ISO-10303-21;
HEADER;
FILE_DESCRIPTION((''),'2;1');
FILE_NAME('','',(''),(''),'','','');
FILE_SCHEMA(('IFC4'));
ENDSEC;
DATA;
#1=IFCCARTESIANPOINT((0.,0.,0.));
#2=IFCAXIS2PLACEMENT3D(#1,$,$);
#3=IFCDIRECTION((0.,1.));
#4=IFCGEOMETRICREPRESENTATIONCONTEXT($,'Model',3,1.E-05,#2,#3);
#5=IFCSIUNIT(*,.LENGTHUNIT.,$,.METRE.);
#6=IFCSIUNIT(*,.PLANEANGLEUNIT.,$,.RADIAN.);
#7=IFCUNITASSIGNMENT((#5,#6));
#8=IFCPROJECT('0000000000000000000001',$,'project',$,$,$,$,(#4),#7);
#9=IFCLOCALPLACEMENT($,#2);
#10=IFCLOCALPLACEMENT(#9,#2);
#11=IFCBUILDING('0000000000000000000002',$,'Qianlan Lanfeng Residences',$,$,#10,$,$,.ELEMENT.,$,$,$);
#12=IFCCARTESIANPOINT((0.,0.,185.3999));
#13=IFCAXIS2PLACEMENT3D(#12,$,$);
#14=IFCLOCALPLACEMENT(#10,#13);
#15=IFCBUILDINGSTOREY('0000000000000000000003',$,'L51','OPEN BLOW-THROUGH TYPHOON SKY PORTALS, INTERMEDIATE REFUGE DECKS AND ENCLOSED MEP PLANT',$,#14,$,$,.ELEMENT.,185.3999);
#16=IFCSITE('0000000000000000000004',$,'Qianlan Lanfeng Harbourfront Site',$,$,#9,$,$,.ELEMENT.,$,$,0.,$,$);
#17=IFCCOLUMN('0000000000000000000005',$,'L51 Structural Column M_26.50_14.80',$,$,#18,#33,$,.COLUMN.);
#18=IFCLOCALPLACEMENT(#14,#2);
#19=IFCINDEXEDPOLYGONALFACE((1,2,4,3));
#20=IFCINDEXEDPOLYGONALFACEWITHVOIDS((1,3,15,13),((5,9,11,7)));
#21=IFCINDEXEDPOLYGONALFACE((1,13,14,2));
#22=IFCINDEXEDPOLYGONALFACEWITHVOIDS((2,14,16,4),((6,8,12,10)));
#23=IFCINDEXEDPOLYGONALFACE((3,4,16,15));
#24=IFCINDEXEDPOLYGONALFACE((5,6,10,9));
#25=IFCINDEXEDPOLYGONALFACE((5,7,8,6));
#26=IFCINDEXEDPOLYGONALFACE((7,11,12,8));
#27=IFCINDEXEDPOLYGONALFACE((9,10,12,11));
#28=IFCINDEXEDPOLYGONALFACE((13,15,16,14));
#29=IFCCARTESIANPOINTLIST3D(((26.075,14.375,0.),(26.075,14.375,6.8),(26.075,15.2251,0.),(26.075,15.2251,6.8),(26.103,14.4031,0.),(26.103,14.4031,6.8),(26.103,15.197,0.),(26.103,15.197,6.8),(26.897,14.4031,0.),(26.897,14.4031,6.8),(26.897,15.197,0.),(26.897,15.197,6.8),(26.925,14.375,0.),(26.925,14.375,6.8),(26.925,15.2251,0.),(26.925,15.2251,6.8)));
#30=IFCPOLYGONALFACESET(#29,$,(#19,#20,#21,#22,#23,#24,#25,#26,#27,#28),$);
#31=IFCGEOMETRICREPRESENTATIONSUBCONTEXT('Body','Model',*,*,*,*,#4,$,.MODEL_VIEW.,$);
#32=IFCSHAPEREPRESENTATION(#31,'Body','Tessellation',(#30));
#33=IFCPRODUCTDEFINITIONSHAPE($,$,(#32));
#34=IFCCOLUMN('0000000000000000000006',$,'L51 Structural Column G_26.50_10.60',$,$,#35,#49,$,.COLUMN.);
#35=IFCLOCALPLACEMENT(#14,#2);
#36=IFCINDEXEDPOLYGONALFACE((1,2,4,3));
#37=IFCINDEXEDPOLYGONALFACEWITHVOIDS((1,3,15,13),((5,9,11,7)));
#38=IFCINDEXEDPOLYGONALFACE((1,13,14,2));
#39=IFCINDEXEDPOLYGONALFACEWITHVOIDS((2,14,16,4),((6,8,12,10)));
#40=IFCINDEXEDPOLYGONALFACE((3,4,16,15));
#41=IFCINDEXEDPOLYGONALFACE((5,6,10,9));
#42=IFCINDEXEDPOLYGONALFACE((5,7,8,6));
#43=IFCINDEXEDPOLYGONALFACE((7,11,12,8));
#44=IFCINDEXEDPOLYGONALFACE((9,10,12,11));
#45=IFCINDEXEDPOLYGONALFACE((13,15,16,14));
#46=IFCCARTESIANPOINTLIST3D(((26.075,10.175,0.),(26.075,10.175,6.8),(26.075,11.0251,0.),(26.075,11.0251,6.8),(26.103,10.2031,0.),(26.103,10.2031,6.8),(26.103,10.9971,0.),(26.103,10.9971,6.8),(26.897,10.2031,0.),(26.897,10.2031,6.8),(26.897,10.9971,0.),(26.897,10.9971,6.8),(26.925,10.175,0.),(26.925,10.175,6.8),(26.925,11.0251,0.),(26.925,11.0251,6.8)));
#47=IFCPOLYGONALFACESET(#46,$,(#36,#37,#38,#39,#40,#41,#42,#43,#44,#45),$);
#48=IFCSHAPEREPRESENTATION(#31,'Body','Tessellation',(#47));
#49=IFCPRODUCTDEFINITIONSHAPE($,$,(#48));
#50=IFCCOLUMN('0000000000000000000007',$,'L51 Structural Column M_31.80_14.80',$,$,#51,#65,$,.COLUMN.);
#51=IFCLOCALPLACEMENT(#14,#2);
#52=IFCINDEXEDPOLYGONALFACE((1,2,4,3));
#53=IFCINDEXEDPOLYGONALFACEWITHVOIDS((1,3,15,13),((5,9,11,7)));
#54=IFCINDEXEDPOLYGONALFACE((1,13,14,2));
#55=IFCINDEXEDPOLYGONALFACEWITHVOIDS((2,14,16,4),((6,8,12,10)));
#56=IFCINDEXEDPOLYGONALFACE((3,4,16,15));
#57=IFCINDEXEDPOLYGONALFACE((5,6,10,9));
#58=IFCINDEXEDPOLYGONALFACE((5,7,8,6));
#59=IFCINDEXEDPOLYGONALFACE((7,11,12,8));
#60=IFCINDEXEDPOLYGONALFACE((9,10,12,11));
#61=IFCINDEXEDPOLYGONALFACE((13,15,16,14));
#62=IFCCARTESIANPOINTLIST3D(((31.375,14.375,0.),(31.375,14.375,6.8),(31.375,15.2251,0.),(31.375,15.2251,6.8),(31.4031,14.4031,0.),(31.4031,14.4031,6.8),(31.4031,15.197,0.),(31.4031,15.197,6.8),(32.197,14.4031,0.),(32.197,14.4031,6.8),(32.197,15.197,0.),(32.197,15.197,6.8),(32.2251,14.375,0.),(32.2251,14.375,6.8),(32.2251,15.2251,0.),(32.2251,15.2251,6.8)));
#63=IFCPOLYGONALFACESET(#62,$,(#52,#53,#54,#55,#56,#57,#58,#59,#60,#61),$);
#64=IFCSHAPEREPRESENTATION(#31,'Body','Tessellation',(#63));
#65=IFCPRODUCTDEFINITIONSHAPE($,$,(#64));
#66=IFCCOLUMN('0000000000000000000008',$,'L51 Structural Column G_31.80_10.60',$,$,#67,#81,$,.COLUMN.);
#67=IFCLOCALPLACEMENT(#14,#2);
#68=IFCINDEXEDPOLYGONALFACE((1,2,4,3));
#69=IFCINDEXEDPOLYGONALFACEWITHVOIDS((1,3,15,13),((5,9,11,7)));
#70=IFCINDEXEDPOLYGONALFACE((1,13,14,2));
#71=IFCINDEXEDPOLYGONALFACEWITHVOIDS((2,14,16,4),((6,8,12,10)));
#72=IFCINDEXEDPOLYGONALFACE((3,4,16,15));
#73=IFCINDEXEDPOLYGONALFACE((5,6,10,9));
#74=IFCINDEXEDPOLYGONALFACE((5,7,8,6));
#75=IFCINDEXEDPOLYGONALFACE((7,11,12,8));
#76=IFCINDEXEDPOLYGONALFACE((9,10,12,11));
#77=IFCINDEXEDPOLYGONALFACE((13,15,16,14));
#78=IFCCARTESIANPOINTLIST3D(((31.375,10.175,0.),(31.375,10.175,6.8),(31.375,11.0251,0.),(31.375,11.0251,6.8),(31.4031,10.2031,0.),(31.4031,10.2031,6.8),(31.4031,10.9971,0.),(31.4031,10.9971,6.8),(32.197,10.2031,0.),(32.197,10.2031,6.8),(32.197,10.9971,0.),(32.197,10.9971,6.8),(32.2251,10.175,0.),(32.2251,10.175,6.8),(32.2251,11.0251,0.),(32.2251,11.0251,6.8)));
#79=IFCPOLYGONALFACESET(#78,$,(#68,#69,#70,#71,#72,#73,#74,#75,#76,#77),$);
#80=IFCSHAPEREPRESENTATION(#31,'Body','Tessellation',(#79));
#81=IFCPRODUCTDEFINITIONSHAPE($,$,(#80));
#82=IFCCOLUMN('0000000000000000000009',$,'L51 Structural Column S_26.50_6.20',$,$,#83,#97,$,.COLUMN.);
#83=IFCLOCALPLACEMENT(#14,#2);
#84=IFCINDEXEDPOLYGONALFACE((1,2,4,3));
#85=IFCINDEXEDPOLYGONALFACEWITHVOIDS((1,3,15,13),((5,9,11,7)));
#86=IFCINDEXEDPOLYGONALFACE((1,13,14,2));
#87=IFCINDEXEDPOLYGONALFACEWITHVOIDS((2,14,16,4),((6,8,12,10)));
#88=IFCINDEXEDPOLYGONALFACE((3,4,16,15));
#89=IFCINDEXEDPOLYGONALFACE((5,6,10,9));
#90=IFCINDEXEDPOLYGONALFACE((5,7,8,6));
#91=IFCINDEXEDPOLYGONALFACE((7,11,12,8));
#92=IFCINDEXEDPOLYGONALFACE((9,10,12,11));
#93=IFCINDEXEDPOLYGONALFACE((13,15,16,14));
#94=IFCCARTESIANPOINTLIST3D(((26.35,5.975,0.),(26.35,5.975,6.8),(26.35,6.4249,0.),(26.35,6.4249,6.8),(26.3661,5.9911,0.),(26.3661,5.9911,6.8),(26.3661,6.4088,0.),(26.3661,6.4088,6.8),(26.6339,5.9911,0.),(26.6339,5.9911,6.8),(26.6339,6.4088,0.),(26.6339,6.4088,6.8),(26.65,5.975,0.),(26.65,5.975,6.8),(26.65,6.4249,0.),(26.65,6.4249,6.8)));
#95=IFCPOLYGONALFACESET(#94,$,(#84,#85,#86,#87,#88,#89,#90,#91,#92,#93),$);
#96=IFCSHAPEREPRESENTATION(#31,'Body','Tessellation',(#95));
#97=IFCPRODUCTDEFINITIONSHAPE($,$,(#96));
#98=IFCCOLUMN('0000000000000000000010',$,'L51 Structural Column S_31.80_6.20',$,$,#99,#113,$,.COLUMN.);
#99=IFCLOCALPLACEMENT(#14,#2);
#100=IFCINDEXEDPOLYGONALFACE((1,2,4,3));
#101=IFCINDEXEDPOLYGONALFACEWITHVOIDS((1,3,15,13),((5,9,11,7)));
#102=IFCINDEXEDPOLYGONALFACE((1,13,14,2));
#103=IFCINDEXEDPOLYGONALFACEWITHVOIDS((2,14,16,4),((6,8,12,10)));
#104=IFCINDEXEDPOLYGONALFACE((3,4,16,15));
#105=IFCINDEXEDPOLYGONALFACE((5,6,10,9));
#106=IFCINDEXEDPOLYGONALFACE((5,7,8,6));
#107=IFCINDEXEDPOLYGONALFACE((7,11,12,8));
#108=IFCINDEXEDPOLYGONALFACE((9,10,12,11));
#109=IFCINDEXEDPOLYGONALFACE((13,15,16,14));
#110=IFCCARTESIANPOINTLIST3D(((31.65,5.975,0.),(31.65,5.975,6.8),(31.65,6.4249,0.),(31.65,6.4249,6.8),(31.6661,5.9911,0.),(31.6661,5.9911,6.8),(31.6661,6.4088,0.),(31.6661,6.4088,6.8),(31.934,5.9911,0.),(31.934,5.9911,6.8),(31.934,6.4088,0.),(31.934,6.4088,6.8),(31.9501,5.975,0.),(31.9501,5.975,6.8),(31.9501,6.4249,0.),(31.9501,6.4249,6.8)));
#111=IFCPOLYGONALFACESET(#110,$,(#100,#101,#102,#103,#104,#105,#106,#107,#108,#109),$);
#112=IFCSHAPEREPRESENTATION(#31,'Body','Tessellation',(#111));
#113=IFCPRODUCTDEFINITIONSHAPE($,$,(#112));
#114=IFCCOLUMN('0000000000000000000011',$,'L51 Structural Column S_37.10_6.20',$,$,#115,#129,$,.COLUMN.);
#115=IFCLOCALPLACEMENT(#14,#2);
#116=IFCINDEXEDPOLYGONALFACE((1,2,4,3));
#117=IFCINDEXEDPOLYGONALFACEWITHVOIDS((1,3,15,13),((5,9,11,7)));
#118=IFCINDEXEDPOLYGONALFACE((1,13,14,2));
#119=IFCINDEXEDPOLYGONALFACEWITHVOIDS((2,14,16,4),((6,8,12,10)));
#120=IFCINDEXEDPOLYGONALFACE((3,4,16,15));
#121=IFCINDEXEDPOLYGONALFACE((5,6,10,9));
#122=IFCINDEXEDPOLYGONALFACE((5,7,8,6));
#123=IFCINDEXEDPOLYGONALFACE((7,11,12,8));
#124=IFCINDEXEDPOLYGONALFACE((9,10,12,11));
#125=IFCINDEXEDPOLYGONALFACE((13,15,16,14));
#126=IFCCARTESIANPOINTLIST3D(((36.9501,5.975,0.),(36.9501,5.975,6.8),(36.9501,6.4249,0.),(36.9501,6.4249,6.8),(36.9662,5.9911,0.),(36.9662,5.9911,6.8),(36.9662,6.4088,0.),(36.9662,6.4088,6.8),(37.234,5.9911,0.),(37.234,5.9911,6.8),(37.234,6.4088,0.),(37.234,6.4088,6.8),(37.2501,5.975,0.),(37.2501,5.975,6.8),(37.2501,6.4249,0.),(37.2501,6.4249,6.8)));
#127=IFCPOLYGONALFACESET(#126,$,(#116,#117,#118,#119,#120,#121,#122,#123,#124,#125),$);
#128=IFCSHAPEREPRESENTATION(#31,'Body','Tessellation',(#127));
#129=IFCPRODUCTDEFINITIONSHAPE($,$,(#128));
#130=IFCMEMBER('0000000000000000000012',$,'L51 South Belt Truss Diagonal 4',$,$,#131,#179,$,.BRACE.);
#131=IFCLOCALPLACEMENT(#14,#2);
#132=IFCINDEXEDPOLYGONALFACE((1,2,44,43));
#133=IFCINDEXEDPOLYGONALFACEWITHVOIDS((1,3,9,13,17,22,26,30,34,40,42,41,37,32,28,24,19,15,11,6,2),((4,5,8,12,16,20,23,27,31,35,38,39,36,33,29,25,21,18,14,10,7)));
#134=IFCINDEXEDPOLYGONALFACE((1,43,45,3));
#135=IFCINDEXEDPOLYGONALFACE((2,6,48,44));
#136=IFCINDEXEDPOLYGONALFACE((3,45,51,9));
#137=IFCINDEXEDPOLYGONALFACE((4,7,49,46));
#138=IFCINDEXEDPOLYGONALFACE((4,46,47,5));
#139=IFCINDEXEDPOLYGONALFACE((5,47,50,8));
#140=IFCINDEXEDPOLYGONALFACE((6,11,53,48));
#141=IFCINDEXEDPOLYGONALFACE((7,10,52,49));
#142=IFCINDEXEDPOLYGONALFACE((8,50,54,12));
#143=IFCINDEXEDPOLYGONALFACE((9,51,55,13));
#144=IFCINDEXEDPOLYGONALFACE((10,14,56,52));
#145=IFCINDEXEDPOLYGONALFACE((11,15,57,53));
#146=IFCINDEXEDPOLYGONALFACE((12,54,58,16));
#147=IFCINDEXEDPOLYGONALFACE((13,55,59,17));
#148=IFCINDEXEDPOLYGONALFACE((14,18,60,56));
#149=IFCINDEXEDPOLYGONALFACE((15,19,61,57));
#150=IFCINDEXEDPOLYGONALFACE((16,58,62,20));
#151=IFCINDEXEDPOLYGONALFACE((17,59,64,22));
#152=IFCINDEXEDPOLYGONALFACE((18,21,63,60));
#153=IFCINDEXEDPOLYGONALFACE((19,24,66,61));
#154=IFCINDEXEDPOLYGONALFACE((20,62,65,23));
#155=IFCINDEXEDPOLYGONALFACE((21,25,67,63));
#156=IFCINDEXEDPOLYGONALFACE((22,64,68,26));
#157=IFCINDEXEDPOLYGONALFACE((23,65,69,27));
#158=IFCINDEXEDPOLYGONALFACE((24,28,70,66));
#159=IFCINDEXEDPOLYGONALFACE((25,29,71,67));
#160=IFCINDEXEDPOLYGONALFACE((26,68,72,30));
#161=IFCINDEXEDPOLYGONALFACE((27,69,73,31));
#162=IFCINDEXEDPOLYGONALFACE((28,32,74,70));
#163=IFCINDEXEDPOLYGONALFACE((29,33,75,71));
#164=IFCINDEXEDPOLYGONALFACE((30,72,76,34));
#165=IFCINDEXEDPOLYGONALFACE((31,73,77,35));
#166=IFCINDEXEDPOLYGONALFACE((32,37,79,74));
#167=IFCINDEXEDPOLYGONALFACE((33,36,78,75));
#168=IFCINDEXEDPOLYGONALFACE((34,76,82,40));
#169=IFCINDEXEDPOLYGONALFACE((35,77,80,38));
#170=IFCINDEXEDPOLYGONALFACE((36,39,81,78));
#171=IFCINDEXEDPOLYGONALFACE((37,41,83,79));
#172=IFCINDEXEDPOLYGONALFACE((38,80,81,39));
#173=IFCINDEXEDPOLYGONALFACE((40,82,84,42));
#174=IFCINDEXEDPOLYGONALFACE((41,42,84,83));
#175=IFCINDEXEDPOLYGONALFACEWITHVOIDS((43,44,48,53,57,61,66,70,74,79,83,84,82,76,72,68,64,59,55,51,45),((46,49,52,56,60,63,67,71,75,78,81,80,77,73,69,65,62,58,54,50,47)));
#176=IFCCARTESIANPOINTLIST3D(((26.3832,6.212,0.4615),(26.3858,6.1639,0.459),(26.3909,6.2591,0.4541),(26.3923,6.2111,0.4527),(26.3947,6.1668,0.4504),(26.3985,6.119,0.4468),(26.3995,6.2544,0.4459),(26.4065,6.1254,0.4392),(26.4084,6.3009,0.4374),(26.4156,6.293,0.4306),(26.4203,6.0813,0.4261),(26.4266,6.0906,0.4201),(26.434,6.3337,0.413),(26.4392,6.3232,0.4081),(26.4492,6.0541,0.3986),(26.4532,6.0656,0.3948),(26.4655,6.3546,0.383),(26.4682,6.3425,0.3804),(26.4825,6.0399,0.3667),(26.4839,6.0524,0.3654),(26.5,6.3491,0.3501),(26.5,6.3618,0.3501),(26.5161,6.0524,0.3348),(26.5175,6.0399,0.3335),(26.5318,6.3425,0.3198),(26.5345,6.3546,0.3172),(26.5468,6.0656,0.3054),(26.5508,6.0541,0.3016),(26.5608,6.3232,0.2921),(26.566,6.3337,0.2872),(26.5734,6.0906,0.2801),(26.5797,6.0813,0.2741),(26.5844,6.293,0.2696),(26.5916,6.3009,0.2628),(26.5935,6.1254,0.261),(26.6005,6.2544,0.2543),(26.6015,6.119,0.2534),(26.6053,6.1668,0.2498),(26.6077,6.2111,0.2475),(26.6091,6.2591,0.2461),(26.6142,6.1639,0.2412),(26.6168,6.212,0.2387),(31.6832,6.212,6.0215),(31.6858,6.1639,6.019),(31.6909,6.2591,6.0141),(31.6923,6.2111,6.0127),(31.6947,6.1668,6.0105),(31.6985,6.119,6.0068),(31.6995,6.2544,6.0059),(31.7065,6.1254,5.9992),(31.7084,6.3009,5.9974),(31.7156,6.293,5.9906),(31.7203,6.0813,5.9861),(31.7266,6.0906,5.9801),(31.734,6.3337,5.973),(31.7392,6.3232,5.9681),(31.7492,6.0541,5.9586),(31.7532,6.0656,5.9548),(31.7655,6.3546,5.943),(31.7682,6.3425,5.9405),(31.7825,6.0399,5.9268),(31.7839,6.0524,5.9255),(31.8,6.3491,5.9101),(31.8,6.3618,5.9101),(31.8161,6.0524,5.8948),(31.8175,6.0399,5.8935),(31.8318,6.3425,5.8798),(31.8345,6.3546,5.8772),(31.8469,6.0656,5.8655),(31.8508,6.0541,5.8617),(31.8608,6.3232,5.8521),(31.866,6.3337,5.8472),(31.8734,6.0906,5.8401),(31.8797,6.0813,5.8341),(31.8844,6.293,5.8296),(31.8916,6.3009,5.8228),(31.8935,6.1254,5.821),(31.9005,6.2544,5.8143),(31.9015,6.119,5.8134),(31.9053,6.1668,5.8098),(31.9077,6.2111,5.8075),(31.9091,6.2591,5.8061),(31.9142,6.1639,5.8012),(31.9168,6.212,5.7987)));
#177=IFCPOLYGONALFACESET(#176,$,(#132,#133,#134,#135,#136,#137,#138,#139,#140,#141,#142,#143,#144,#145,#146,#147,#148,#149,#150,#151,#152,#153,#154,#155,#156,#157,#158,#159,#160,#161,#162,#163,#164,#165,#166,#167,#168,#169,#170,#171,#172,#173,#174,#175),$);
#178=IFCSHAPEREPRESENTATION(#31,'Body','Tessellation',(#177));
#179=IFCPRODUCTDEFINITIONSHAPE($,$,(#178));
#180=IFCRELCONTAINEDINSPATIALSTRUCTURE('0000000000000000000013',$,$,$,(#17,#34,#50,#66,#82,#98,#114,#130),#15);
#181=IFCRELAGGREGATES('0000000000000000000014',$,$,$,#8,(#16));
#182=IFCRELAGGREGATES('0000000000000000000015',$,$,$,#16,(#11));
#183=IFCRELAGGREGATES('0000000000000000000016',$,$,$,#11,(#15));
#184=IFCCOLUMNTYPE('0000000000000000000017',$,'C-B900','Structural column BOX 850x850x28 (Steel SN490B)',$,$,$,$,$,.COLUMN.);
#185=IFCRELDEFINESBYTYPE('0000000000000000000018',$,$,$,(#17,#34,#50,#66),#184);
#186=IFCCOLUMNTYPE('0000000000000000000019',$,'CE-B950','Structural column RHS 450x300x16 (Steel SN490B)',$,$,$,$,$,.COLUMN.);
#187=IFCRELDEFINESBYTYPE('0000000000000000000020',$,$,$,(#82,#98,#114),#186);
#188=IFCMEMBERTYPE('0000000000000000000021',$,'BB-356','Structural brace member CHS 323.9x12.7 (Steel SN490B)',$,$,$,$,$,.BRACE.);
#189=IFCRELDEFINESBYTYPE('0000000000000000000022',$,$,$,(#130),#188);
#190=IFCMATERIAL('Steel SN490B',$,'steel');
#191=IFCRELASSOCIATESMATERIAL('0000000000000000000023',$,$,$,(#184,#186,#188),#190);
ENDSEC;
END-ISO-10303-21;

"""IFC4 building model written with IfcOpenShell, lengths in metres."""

from ifc_helpers import new_model, si_unit, direction, frame, origin, origin_2d, place, context, subcontext, project, spatial, hollow_rectangle, hollow_circle, extrude, material, material_profile, profile_set, type_object, element, save


model = new_model("IFC4")

# Units and contexts
model_context = context("Model", 3, precision=1e-05, world=origin(), true_north=direction((0.0, 1.0)))
body_context = subcontext(model_context, "Body", "Model", "MODEL_VIEW")
ifc_project = project(units=[si_unit("LENGTHUNIT", "METRE"), si_unit("PLANEANGLEUNIT", "RADIAN")], contexts=[model_context])

# Site, building, storey
site_placement = place(None, origin())
site = spatial("IfcSite", under=ifc_project, at=site_placement, Name="Qianlan Lanfeng Harbourfront Site", CompositionType="ELEMENT", RefElevation=0.0)
building_placement = place(site_placement, origin())
building = spatial("IfcBuilding", under=site, at=building_placement, Name="Qianlan Lanfeng Residences", CompositionType="ELEMENT")
storey_placement = place(building_placement, frame((0.0, 0.0, 185.3999)))
storey = spatial("IfcBuildingStorey", under=building, at=storey_placement, Name="L51", Description="OPEN BLOW-THROUGH TYPHOON SKY PORTALS, INTERMEDIATE REFUGE DECKS AND ENCLOSED MEP PLANT", CompositionType="ELEMENT", Elevation=185.3999)

# Columns
ifc_material_1 = material(Name="Steel SN490B", Category="steel")
ifc_material_profile_1 = material_profile(ifc_material_1, hollow_rectangle(XDim=0.8501, YDim=0.8501, WallThickness=0.0281, at=origin_2d()), Name="BOX 850x850x28")
ifc_profile_set_1 = profile_set([ifc_material_profile_1], Name="Steel SN490B")
column_type_1 = type_object("IfcColumnType", Name="C-B900", Description="Structural column BOX 850x850x28 (Steel SN490B)", PredefinedType="COLUMN", material=ifc_profile_set_1)
for number, where, z_axis, x_axis, name in (
    (1, (26.5, 14.8, 0.0), (0.0, 0.0, 1.0), (1.0, 0.0, 0.0), "L51 Structural Column M_26.50_14.80"),
    (2, (26.5, 10.6001, 0.0), (0.0, 0.0, 1.0), (1.0, 0.0, 0.0), "L51 Structural Column G_26.50_10.60"),
    (3, (31.8, 14.8, 0.0), (0.0, 0.0, 1.0), (1.0, 0.0, 0.0), "L51 Structural Column M_31.80_14.80"),
    (4, (31.8, 10.6001, 0.0), (0.0, 0.0, 1.0), (1.0, 0.0, 0.0), "L51 Structural Column G_31.80_10.60"),
):
    element("IfcColumn", number, at=place(storey_placement, frame(where, z_axis=z_axis, x_axis=x_axis)), inside=storey, type_object=column_type_1, Name=name, PredefinedType="COLUMN", context=body_context, shape_type="SweptSolid", body=[
        extrude(hollow_rectangle(XDim=0.8501, YDim=0.8501, WallThickness=0.0281, at=origin_2d()), origin(), (0.0, 0.0, 1.0), 6.8),
    ])
ifc_material_profile_2 = material_profile(ifc_material_1, hollow_rectangle(XDim=0.3, YDim=0.45, WallThickness=0.0161, at=origin_2d()), Name="RHS 450x300x16")
ifc_profile_set_2 = profile_set([ifc_material_profile_2], Name="Steel SN490B")
column_type_2 = type_object("IfcColumnType", Name="CE-B950", Description="Structural column RHS 450x300x16 (Steel SN490B)", PredefinedType="COLUMN", material=ifc_profile_set_2)
for number, where, z_axis, x_axis, name in (
    (5, (26.5, 6.2, 0.0), (0.0, 0.0, 1.0), (1.0, 0.0, 0.0), "L51 Structural Column S_26.50_6.20"),
    (6, (31.8, 6.2, 0.0), (0.0, 0.0, 1.0), (1.0, 0.0, 0.0), "L51 Structural Column S_31.80_6.20"),
    (7, (37.1001, 6.2, 0.0), (0.0, 0.0, 1.0), (1.0, 0.0, 0.0), "L51 Structural Column S_37.10_6.20"),
):
    element("IfcColumn", number, at=place(storey_placement, frame(where, z_axis=z_axis, x_axis=x_axis)), inside=storey, type_object=column_type_2, Name=name, PredefinedType="COLUMN", context=body_context, shape_type="SweptSolid", body=[
        extrude(hollow_rectangle(XDim=0.3, YDim=0.45, WallThickness=0.0161, at=origin_2d()), origin(), (0.0, 0.0, 1.0), 6.8),
    ])

# Member
ifc_material_profile_3 = material_profile(ifc_material_1, hollow_circle(Radius=0.1619, WallThickness=0.0127, at=origin_2d()), Name="CHS 323.9x12.7")
ifc_profile_set_3 = profile_set([ifc_material_profile_3], Name="Steel SN490B")
member_type_1 = type_object("IfcMemberType", Name="BB-356", Description="Structural brace member CHS 323.9x12.7 (Steel SN490B)", PredefinedType="BRACE", material=ifc_profile_set_3)
for number, where, z_axis, x_axis, name in (
    (8, (26.5, 6.2, 0.3501), (0.68998, 0.0, 0.723829), (0.0, 1.0, 0.0), "L51 South Belt Truss Diagonal 4"),
):
    element("IfcMember", number, at=place(storey_placement, frame(where, z_axis=z_axis, x_axis=x_axis)), inside=storey, type_object=member_type_1, Name=name, PredefinedType="BRACE", context=body_context, shape_type="SweptSolid", body=[
        extrude(hollow_circle(Radius=0.1619, WallThickness=0.0127, at=origin_2d()), origin(), (0.0, 0.0, 1.0), 7.6814),
    ])

save(model, "model.ifc")
